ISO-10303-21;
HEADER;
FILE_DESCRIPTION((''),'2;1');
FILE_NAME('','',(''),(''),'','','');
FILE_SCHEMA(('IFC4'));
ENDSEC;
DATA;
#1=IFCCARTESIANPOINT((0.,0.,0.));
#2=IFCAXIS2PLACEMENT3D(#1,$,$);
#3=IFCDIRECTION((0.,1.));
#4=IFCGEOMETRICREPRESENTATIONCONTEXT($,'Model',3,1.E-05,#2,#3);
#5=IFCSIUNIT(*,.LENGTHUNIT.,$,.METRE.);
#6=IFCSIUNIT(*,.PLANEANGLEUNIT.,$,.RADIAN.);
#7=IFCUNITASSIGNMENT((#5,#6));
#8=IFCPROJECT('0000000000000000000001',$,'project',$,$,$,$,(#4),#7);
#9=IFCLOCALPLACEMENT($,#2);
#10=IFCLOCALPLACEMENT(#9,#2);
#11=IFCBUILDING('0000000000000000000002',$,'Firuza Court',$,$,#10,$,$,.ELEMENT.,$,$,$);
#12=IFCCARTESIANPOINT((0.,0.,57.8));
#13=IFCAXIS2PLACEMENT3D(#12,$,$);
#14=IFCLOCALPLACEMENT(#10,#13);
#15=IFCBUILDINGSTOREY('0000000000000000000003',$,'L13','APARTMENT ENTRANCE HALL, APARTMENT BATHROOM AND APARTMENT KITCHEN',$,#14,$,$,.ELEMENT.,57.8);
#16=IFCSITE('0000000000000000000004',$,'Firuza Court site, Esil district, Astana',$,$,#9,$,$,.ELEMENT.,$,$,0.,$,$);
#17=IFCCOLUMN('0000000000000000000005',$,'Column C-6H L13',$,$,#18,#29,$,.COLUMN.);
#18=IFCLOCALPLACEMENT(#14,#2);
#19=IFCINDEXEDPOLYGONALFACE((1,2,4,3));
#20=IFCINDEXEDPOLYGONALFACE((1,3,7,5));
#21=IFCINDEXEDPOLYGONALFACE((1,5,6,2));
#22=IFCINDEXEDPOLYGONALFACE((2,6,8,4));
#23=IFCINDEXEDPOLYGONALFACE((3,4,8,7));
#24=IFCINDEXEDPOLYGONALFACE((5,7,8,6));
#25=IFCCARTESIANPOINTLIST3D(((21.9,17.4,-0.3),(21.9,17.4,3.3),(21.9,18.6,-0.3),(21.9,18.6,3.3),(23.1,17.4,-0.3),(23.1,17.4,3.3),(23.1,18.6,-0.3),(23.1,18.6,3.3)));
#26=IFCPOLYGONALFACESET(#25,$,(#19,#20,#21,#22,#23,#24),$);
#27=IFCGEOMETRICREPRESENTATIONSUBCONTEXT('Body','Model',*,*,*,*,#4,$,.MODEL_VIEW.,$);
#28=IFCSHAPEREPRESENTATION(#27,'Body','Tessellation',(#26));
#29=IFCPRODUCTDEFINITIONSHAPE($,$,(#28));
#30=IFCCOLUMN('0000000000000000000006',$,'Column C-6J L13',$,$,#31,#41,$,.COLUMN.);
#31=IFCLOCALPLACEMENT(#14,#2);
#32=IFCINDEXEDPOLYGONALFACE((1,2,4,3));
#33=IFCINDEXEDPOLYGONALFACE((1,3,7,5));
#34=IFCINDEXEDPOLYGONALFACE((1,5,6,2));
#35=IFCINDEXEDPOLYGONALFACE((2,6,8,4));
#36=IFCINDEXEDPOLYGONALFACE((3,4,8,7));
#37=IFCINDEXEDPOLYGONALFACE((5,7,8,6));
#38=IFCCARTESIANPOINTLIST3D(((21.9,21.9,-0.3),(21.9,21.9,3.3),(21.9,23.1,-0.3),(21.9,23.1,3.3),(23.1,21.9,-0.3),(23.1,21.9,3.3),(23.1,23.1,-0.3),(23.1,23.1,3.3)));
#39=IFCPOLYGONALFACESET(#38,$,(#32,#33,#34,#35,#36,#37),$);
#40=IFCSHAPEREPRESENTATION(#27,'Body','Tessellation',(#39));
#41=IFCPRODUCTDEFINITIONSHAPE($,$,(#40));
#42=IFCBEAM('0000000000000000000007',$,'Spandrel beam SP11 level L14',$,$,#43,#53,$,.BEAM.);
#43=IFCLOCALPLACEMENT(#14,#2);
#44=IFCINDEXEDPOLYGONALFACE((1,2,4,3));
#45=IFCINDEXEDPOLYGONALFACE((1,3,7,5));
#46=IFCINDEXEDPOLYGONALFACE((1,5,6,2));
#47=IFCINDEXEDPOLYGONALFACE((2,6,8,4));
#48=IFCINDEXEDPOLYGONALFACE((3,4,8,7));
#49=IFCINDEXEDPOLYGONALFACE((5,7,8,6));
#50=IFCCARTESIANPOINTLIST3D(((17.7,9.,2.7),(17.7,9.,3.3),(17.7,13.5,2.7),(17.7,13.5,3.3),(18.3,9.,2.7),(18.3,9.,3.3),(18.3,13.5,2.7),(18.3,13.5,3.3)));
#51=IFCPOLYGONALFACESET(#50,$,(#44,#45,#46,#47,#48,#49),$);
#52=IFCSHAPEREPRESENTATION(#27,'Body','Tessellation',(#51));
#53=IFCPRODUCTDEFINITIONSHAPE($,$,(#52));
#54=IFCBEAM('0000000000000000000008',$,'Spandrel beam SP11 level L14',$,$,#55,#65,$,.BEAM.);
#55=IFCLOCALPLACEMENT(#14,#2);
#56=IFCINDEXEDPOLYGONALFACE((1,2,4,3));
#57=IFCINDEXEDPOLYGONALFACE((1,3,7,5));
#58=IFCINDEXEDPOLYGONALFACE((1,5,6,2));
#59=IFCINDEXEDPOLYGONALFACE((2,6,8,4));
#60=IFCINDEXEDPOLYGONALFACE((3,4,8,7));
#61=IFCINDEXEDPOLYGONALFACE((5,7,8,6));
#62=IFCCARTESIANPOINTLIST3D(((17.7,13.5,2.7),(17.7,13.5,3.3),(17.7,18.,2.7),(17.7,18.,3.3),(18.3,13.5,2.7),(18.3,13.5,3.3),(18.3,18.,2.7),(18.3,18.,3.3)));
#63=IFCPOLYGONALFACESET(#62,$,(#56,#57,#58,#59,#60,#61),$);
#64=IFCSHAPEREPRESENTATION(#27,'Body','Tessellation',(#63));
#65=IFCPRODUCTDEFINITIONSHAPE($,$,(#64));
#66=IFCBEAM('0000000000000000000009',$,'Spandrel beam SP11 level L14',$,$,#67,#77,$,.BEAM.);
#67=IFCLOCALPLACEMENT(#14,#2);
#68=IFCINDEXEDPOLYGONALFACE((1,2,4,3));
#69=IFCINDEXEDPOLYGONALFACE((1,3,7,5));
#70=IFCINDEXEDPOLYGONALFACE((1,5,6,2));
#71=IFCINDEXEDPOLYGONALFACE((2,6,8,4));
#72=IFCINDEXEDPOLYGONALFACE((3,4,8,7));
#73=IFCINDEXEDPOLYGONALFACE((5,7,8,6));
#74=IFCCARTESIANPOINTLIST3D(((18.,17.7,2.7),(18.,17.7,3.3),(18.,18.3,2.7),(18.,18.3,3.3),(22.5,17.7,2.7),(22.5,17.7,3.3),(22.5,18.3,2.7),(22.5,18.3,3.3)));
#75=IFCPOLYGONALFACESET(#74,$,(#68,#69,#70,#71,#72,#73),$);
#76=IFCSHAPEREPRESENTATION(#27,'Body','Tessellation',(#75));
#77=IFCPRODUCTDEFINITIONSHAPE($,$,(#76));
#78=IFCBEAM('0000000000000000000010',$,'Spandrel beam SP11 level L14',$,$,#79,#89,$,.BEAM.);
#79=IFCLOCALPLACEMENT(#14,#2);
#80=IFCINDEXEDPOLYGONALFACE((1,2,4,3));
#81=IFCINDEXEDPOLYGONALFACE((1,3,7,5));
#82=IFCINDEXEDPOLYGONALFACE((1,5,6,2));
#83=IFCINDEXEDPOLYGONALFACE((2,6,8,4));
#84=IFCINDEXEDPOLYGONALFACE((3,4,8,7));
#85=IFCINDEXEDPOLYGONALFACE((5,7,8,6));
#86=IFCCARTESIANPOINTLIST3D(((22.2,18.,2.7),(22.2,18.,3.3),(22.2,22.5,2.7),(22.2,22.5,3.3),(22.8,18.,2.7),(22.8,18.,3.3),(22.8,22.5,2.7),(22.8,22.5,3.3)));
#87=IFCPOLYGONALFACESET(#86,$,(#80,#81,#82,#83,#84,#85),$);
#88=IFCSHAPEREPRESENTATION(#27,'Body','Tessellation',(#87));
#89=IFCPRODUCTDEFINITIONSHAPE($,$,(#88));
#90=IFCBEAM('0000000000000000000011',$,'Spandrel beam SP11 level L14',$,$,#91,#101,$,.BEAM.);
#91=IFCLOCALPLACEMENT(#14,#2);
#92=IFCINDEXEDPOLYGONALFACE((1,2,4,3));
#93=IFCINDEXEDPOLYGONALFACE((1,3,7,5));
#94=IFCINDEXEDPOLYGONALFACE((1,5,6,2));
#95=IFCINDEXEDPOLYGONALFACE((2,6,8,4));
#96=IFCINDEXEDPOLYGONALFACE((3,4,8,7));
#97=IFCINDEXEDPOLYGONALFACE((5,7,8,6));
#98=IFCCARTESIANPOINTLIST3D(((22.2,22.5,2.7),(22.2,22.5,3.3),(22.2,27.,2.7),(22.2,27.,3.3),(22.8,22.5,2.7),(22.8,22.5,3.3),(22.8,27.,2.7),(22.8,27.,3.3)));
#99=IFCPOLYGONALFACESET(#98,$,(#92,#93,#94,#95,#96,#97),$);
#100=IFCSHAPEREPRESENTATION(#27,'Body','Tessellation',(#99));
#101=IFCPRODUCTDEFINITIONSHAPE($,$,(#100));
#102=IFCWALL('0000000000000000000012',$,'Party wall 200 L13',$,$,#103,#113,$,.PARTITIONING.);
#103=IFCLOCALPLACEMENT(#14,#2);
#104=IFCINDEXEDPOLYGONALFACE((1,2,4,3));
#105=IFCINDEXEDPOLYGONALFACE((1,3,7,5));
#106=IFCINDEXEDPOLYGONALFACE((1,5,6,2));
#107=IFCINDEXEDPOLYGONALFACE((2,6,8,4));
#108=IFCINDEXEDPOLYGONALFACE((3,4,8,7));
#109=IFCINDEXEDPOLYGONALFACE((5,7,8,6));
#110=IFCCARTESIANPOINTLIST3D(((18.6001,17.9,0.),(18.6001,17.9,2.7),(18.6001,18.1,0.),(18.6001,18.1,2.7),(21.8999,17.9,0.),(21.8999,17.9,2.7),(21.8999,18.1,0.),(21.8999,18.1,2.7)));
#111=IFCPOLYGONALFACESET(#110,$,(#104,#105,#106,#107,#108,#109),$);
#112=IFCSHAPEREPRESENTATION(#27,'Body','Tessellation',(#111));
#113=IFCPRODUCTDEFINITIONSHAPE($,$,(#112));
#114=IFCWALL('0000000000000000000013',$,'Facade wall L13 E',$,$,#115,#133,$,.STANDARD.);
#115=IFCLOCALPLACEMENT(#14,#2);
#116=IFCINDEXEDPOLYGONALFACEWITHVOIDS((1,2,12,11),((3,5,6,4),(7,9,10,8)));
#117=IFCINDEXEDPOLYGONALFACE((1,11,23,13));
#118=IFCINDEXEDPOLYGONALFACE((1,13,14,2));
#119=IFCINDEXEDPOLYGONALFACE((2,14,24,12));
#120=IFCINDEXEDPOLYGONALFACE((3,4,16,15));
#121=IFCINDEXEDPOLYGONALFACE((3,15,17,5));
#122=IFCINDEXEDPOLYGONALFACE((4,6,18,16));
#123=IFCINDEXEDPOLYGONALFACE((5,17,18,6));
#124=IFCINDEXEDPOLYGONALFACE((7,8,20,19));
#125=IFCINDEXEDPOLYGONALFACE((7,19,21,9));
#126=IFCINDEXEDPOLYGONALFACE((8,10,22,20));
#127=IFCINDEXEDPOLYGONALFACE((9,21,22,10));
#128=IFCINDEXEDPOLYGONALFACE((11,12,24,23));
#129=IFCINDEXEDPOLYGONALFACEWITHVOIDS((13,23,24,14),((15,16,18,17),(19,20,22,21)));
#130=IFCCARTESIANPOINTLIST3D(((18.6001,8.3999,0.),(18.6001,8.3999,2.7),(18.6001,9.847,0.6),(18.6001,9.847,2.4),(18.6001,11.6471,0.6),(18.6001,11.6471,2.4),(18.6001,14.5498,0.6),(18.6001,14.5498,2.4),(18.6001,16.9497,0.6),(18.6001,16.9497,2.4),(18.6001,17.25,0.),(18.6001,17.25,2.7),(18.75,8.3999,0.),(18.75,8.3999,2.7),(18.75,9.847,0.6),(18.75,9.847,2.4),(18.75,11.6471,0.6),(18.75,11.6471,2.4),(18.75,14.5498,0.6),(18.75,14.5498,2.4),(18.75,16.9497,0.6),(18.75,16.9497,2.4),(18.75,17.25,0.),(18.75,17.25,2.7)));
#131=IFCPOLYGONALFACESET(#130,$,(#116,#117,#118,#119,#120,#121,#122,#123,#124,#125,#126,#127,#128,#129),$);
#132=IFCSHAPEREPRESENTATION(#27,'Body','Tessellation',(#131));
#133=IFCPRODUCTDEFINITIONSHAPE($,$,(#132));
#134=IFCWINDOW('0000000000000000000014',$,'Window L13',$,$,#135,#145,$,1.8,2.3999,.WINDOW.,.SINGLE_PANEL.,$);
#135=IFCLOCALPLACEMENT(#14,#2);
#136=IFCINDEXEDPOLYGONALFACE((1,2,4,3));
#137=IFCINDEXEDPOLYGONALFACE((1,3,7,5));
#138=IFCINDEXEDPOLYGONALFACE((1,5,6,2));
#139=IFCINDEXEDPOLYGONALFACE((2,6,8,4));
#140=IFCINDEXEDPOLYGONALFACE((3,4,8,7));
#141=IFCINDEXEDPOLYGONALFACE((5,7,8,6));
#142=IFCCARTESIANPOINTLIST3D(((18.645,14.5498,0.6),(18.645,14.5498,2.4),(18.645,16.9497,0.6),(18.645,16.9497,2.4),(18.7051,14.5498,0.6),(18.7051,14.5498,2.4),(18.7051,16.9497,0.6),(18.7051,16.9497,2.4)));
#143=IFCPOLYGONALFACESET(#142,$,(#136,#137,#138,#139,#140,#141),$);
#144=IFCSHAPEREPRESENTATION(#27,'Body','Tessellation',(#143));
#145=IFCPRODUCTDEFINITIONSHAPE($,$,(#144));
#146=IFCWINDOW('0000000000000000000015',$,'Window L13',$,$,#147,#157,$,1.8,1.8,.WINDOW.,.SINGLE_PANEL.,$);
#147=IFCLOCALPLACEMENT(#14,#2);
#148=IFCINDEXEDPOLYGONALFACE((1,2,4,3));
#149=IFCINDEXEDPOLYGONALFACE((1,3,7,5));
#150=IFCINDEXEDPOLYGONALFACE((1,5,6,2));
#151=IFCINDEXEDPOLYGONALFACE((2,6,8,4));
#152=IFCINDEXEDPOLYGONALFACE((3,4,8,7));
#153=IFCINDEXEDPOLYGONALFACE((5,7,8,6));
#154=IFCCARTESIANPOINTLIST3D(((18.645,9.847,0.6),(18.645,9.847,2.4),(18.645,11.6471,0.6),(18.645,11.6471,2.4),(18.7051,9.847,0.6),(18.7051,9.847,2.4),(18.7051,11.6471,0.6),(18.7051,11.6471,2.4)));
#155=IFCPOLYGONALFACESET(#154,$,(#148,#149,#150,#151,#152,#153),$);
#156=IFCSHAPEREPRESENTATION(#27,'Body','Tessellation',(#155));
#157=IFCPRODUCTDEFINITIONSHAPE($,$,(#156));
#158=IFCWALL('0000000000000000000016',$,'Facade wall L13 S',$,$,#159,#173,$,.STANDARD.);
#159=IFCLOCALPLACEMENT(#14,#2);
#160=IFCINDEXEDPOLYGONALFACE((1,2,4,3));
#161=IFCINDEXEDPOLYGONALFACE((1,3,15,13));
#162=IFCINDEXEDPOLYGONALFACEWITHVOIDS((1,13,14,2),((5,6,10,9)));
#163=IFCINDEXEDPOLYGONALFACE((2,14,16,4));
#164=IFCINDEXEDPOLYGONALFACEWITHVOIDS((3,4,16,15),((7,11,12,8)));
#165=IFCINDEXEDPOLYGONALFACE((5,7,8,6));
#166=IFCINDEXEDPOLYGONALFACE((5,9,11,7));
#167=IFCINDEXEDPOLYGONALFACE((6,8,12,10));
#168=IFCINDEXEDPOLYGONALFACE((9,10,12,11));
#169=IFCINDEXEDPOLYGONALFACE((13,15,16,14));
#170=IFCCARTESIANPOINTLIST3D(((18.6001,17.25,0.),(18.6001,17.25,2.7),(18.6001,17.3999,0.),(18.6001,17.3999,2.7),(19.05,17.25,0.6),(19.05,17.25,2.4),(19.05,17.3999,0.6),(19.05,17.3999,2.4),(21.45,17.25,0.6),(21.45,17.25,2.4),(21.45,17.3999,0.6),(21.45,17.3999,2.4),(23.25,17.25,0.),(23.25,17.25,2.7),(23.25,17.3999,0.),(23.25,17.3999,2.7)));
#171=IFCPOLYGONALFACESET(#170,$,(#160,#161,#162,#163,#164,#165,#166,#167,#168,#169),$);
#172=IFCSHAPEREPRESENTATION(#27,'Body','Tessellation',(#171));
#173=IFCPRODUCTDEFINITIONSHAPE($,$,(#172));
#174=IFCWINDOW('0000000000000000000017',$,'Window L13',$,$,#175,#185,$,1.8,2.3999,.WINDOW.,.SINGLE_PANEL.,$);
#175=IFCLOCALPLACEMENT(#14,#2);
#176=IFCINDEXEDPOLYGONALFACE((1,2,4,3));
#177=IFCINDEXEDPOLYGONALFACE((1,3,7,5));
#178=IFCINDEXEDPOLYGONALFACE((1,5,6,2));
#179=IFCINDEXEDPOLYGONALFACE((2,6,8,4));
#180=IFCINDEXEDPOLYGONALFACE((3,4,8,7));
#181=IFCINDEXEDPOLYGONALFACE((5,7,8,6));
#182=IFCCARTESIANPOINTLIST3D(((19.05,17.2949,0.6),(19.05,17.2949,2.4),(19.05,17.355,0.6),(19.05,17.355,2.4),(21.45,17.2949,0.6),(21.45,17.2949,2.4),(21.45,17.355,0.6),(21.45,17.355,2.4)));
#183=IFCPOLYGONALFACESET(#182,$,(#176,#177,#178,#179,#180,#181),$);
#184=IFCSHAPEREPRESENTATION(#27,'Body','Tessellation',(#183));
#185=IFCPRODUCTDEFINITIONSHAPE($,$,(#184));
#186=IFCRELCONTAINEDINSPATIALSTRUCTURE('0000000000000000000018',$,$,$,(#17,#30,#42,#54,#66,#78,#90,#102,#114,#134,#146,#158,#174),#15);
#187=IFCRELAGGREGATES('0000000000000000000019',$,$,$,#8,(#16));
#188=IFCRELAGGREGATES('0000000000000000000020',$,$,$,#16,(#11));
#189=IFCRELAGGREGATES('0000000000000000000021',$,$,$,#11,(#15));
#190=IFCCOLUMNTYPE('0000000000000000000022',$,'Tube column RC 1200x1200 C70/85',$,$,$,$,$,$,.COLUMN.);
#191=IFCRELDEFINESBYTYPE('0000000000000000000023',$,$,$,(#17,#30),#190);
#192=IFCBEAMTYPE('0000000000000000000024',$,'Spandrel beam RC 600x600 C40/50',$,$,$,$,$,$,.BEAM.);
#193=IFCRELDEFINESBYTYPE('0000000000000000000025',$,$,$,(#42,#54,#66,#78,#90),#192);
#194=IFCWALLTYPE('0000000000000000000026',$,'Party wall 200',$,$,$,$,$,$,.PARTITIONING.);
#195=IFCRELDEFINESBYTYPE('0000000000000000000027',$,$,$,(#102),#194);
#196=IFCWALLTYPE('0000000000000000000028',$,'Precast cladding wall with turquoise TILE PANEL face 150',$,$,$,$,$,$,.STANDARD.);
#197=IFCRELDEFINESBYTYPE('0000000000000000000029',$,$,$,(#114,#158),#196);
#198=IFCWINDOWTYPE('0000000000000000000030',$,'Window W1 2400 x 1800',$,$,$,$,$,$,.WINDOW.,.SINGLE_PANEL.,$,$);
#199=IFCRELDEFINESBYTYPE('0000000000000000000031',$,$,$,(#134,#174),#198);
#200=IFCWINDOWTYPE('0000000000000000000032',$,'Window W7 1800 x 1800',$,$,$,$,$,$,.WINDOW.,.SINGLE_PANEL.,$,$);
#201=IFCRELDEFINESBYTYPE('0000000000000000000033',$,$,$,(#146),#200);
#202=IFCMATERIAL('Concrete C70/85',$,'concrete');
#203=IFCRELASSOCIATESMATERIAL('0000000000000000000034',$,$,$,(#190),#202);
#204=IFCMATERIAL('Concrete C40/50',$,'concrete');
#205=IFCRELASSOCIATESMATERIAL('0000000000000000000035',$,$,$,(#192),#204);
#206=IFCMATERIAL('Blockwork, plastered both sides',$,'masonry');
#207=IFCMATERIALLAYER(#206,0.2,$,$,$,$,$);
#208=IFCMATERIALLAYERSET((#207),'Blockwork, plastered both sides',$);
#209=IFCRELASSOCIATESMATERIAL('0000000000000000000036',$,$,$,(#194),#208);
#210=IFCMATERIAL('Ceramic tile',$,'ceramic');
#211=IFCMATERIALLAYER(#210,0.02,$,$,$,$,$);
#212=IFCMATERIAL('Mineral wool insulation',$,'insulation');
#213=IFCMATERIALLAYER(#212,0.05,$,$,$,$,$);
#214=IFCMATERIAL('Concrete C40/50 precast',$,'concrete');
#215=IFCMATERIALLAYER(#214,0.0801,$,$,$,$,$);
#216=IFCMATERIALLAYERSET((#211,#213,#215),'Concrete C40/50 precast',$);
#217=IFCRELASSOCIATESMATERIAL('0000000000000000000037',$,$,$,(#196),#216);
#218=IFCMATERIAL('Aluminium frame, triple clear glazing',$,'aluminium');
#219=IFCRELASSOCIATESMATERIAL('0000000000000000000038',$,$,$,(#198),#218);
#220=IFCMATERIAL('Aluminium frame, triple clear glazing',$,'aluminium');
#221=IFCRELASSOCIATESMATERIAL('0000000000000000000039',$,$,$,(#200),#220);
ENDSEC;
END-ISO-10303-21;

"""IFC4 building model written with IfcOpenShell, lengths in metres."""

from ifc_helpers import new_model, si_unit, direction, frame, frame_2d, origin, origin_2d, place, context, subcontext, project, spatial, rectangle, extrude, material, layer, layer_set, material_profile, profile_set, type_object, element, fill, save


model = new_model("IFC4")

# Units and contexts
model_context = context("Model", 3, precision=1e-05, world=origin(), true_north=direction((0.0, 1.0)))
body_context = subcontext(model_context, "Body", "Model", "MODEL_VIEW")
ifc_project = project(units=[si_unit("LENGTHUNIT", "METRE"), si_unit("PLANEANGLEUNIT", "RADIAN")], contexts=[model_context])

# Site, building, storey
site_placement = place(None, origin())
site = spatial("IfcSite", under=ifc_project, at=site_placement, Name="Firuza Court site, Esil district, Astana", CompositionType="ELEMENT", RefElevation=0.0)
building_placement = place(site_placement, origin())
building = spatial("IfcBuilding", under=site, at=building_placement, Name="Firuza Court", CompositionType="ELEMENT")
storey_placement = place(building_placement, frame((0.0, 0.0, 57.8)))
storey = spatial("IfcBuildingStorey", under=building, at=storey_placement, Name="L13", Description="APARTMENT ENTRANCE HALL, APARTMENT BATHROOM AND APARTMENT KITCHEN", CompositionType="ELEMENT", Elevation=57.8)

# Columns
ifc_material_1 = material(Name="Concrete C70/85", Category="concrete")
ifc_material_profile_1 = material_profile(ifc_material_1, rectangle(XDim=1.2, YDim=1.2, at=origin_2d()), Name="RC 1200x1200")
ifc_profile_set_1 = profile_set([ifc_material_profile_1], Name="Concrete C70/85")
column_type = type_object("IfcColumnType", Name="Tube column RC 1200x1200 C70/85", PredefinedType="COLUMN", material=ifc_profile_set_1)
for number, where, z_axis, x_axis, name in (
    (1, (22.5, 18.0, -0.3), (0.0, 0.0, 1.0), (1.0, 0.0, 0.0), "Column C-6H L13"),
    (2, (22.5, 22.5, -0.3), (0.0, 0.0, 1.0), (1.0, 0.0, 0.0), "Column C-6J L13"),
):
    element("IfcColumn", number, at=place(storey_placement, frame(where, z_axis=z_axis, x_axis=x_axis)), inside=storey, type_object=column_type, Name=name, PredefinedType="COLUMN", context=body_context, shape_type="SweptSolid", body=[
        extrude(rectangle(XDim=1.2, YDim=1.2, at=origin_2d()), origin(), (0.0, 0.0, 1.0), 3.6001),
    ])

# Beams
ifc_material_2 = material(Name="Concrete C40/50", Category="concrete")
ifc_material_profile_2 = material_profile(ifc_material_2, rectangle(XDim=0.6001, YDim=0.6001, at=origin_2d()), Name="RC 600x600")
ifc_profile_set_2 = profile_set([ifc_material_profile_2], Name="Concrete C40/50")
beam_type = type_object("IfcBeamType", Name="Spandrel beam RC 600x600 C40/50", PredefinedType="BEAM", material=ifc_profile_set_2)
for number, where, z_axis, x_axis, name in (
    (3, (18.0, 9.0, 3.0), (0.0, 1.0, 0.0), (-1.0, 0.0, 0.0), "Spandrel beam SP11 level L14"),
    (4, (18.0, 13.5, 3.0), (0.0, 1.0, 0.0), (-1.0, 0.0, 0.0), "Spandrel beam SP11 level L14"),
    (5, (18.0, 18.0, 3.0), (1.0, 0.0, 0.0), (0.0, 1.0, 0.0), "Spandrel beam SP11 level L14"),
    (6, (22.5, 18.0, 3.0), (0.0, 1.0, 0.0), (-1.0, 0.0, 0.0), "Spandrel beam SP11 level L14"),
    (7, (22.5, 22.5, 3.0), (0.0, 1.0, 0.0), (-1.0, 0.0, 0.0), "Spandrel beam SP11 level L14"),
):
    element("IfcBeam", number, at=place(storey_placement, frame(where, z_axis=z_axis, x_axis=x_axis)), inside=storey, type_object=beam_type, Name=name, PredefinedType="BEAM", context=body_context, shape_type="SweptSolid", body=[
        extrude(rectangle(XDim=0.6001, YDim=0.6001, at=origin_2d()), origin(), (0.0, 0.0, 1.0), 4.5),
    ])

# Wall
ifc_material_3 = material(Name="Blockwork, plastered both sides", Category="masonry")
ifc_layer_1 = layer(ifc_material_3, 0.2)
ifc_layer_set_1 = layer_set([ifc_layer_1], Name="Blockwork, plastered both sides")
wall_type_1 = type_object("IfcWallType", Name="Party wall 200", PredefinedType="PARTITIONING", material=ifc_layer_set_1)
wall_1_placement = place(storey_placement, frame((18.6001, 18.0, 0.0), z_axis=(0.0, 0.0, 1.0), x_axis=(1.0, 0.0, 0.0)))
element("IfcWall", 8, at=wall_1_placement, inside=storey, type_object=wall_type_1, Name="Party wall 200 L13", PredefinedType="PARTITIONING", context=body_context, shape_type="SweptSolid", body=[
    extrude(rectangle(XDim=3.2998, YDim=0.2, at=frame_2d((1.6499, 0.0))), origin(), (0.0, 0.0, 1.0), 2.7),
])

# Wall, openings, windows
ifc_material_4 = material(Name="Ceramic tile", Category="ceramic")
ifc_layer_2 = layer(ifc_material_4, 0.02)
ifc_material_5 = material(Name="Mineral wool insulation", Category="insulation")
ifc_layer_3 = layer(ifc_material_5, 0.05)
ifc_material_6 = material(Name="Concrete C40/50 precast", Category="concrete")
ifc_layer_4 = layer(ifc_material_6, 0.0801)
ifc_layer_set_2 = layer_set([ifc_layer_2, ifc_layer_3, ifc_layer_4], Name="Concrete C40/50 precast")
wall_type_2 = type_object("IfcWallType", Name="Precast cladding wall with turquoise TILE PANEL face 150", PredefinedType="STANDARD", material=ifc_layer_set_2)
wall_2_placement = place(storey_placement, frame((18.675, 8.3999, 0.0), z_axis=(0.0, 0.0, 1.0), x_axis=(0.0, 1.0, 0.0)))
wall_2 = element("IfcWall", 9, at=wall_2_placement, inside=storey, type_object=wall_type_2, Name="Facade wall L13 E", PredefinedType="STANDARD", context=body_context, shape_type="SweptSolid", body=[
    extrude(rectangle(XDim=8.8501, YDim=0.1499, at=frame_2d((4.425, 0.0))), origin(), (0.0, 0.0, 1.0), 2.7),
])
opening_1_placement = place(wall_2_placement, frame((1.4473, 0.0, 0.6001)))
opening_1 = element("IfcOpeningElement", 10, at=opening_1_placement, cuts=wall_2, PredefinedType="OPENING", context=body_context, shape_type="SweptSolid", body=[
    extrude(rectangle(XDim=1.8, YDim=1.8, at=frame_2d((0.8999, 0.8999))), frame((0.0, 0.0869, 0.0), z_axis=(0.0, -1.0, 0.0), x_axis=(1.0, 0.0, 0.0)), (0.0, 0.0, 1.0), 0.1738),
])
opening_2_placement = place(wall_2_placement, frame((6.1499, 0.0, 0.6001)))
opening_2 = element("IfcOpeningElement", 11, at=opening_2_placement, cuts=wall_2, PredefinedType="OPENING", context=body_context, shape_type="SweptSolid", body=[
    extrude(rectangle(XDim=2.3999, YDim=1.8, at=frame_2d((1.2, 0.8999))), frame((0.0, 0.0869, 0.0), z_axis=(0.0, -1.0, 0.0), x_axis=(1.0, 0.0, 0.0)), (0.0, 0.0, 1.0), 0.1738),
])
ifc_material_7 = material(Name="Aluminium frame, triple clear glazing", Category="aluminium")
window_type_1 = type_object("IfcWindowType", Name="Window W1 2400 x 1800", PartitioningType="SINGLE_PANEL", PredefinedType="WINDOW", material=ifc_material_7)
window_1_placement = place(opening_2_placement, origin())
window_1 = element("IfcWindow", 12, at=window_1_placement, inside=storey, type_object=window_type_1, Name="Window L13", OverallHeight=1.8, OverallWidth=2.3999, PartitioningType="SINGLE_PANEL", PredefinedType="WINDOW", context=body_context, shape_type="SweptSolid", body=[
    extrude(rectangle(XDim=2.3999, YDim=1.8, at=frame_2d((1.2, 0.8999))), frame((0.0, 0.03, 0.0), z_axis=(0.0, -1.0, 0.0), x_axis=(1.0, 0.0, 0.0)), (0.0, 0.0, 1.0), 0.0601),
])
fill(opening_2, window_1)
ifc_material_8 = material(Name="Aluminium frame, triple clear glazing", Category="aluminium")
window_type_2 = type_object("IfcWindowType", Name="Window W7 1800 x 1800", PartitioningType="SINGLE_PANEL", PredefinedType="WINDOW", material=ifc_material_8)
window_2_placement = place(opening_1_placement, origin())
window_2 = element("IfcWindow", 13, at=window_2_placement, inside=storey, type_object=window_type_2, Name="Window L13", OverallHeight=1.8, OverallWidth=1.8, PartitioningType="SINGLE_PANEL", PredefinedType="WINDOW", context=body_context, shape_type="SweptSolid", body=[
    extrude(rectangle(XDim=1.8, YDim=1.8, at=frame_2d((0.8999, 0.8999))), frame((0.0, 0.03, 0.0), z_axis=(0.0, -1.0, 0.0), x_axis=(1.0, 0.0, 0.0)), (0.0, 0.0, 1.0), 0.0601),
])
fill(opening_1, window_2)

# Wall, opening, window
wall_3_placement = place(storey_placement, frame((18.6001, 17.325, 0.0), z_axis=(0.0, 0.0, 1.0), x_axis=(1.0, 0.0, 0.0)))
wall_3 = element("IfcWall", 14, at=wall_3_placement, inside=storey, type_object=wall_type_2, Name="Facade wall L13 S", PredefinedType="STANDARD", context=body_context, shape_type="SweptSolid", body=[
    extrude(rectangle(XDim=4.6499, YDim=0.1499, at=frame_2d((2.325, 0.0))), origin(), (0.0, 0.0, 1.0), 2.7),
])
opening_3_placement = place(wall_3_placement, frame((0.45, 0.0, 0.6001)))
opening_3 = element("IfcOpeningElement", 15, at=opening_3_placement, cuts=wall_3, PredefinedType="OPENING", context=body_context, shape_type="SweptSolid", body=[
    extrude(rectangle(XDim=2.3999, YDim=1.8, at=frame_2d((1.2, 0.8999))), frame((0.0, 0.0869, 0.0), z_axis=(0.0, -1.0, 0.0), x_axis=(1.0, 0.0, 0.0)), (0.0, 0.0, 1.0), 0.1738),
])
window_3_placement = place(opening_3_placement, origin())
window_3 = element("IfcWindow", 16, at=window_3_placement, inside=storey, type_object=window_type_1, Name="Window L13", OverallHeight=1.8, OverallWidth=2.3999, PartitioningType="SINGLE_PANEL", PredefinedType="WINDOW", context=body_context, shape_type="SweptSolid", body=[
    extrude(rectangle(XDim=2.3999, YDim=1.8, at=frame_2d((1.2, 0.8999))), frame((0.0, 0.03, 0.0), z_axis=(0.0, -1.0, 0.0), x_axis=(1.0, 0.0, 0.0)), (0.0, 0.0, 1.0), 0.0601),
])
fill(opening_3, window_3)

save(model, "model.ifc")
